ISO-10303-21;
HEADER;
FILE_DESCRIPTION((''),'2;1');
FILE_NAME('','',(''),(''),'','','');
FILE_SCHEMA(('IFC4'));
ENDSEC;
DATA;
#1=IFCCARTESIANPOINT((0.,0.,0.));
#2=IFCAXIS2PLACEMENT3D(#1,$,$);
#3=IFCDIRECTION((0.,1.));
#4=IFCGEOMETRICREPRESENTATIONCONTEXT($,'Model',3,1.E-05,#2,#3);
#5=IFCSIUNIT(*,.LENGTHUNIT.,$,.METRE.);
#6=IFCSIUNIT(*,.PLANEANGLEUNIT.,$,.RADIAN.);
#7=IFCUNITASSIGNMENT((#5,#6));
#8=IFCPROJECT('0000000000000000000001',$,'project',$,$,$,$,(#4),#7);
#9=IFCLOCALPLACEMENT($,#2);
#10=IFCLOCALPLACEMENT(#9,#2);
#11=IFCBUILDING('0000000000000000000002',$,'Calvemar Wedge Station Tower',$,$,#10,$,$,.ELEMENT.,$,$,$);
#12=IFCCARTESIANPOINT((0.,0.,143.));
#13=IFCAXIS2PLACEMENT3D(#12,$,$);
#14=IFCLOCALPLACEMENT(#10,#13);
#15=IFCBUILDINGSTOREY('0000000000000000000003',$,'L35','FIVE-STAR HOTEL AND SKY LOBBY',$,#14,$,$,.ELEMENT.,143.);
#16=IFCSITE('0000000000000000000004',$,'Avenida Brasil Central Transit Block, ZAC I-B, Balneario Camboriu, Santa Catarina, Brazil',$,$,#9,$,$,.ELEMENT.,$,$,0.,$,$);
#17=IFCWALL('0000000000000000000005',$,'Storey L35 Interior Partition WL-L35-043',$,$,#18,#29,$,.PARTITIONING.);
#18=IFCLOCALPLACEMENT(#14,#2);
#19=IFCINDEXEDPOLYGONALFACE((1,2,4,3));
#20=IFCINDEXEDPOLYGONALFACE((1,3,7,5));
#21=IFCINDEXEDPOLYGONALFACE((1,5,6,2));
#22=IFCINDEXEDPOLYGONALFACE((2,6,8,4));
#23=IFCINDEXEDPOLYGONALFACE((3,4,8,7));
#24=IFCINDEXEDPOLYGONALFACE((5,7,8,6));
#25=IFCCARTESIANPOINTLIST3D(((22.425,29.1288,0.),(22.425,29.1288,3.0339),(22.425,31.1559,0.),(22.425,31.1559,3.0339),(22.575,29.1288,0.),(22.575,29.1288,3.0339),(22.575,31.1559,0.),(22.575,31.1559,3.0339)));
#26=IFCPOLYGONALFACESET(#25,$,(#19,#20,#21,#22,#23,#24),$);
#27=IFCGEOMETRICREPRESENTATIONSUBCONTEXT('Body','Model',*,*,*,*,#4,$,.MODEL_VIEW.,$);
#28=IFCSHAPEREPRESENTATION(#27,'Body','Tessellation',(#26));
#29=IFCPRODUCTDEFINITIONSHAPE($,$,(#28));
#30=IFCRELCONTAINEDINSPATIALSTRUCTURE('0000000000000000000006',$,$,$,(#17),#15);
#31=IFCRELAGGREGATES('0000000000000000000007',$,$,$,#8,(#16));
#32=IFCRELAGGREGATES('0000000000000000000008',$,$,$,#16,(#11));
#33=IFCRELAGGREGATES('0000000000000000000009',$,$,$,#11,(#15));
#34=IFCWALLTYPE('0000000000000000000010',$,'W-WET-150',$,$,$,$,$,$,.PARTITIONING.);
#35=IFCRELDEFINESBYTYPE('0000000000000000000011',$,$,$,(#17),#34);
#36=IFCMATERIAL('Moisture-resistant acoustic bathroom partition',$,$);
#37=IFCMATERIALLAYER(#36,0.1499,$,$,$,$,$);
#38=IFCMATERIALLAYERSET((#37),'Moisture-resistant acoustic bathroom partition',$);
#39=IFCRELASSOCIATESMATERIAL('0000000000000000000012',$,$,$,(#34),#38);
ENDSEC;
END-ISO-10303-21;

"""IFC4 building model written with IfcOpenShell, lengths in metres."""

from ifc_helpers import new_model, si_unit, direction, frame, frame_2d, origin, place, context, subcontext, project, spatial, rectangle, extrude, material, layer, layer_set, type_object, element, save


model = new_model("IFC4")

# Units and contexts
model_context = context("Model", 3, precision=1e-05, world=origin(), true_north=direction((0.0, 1.0)))
body_context = subcontext(model_context, "Body", "Model", "MODEL_VIEW")
ifc_project = project(units=[si_unit("LENGTHUNIT", "METRE"), si_unit("PLANEANGLEUNIT", "RADIAN")], contexts=[model_context])

# Site, building, storey
site_placement = place(None, origin())
site = spatial("IfcSite", under=ifc_project, at=site_placement, Name="Avenida Brasil Central Transit Block, ZAC I-B, Balneario Camboriu, Santa Catarina, Brazil", CompositionType="ELEMENT", RefElevation=0.0)
building_placement = place(site_placement, origin())
building = spatial("IfcBuilding", under=site, at=building_placement, Name="Calvemar Wedge Station Tower", CompositionType="ELEMENT")
storey_placement = place(building_placement, frame((0.0, 0.0, 143.0)))
storey = spatial("IfcBuildingStorey", under=building, at=storey_placement, Name="L35", Description="FIVE-STAR HOTEL AND SKY LOBBY", CompositionType="ELEMENT", Elevation=143.0)

# Shared definitions
ifc_material_1 = material(Name="Moisture-resistant acoustic bathroom partition")
ifc_layer_1 = layer(ifc_material_1, 0.1499)
ifc_layer_set_1 = layer_set([ifc_layer_1], Name="Moisture-resistant acoustic bathroom partition")
wall_type_1 = type_object("IfcWallType", Name="W-WET-150", PredefinedType="PARTITIONING", material=ifc_layer_set_1)

# Wall
wall_1_placement = place(storey_placement, frame((22.5, 31.156, 0.0), z_axis=(0.0, 0.0, 1.0), x_axis=(0.0, -1.0, 0.0)))
element("IfcWall", 1, at=wall_1_placement, inside=storey, type_object=wall_type_1, Name="Storey L35 Interior Partition WL-L35-043", PredefinedType="PARTITIONING", context=body_context, shape_type="SweptSolid", body=[
    extrude(rectangle(XDim=2.0271, YDim=0.1499, at=frame_2d((1.0137, 0.0))), origin(), (0.0, 0.0, 1.0), 3.0339),
])

save(model, "model.ifc")
